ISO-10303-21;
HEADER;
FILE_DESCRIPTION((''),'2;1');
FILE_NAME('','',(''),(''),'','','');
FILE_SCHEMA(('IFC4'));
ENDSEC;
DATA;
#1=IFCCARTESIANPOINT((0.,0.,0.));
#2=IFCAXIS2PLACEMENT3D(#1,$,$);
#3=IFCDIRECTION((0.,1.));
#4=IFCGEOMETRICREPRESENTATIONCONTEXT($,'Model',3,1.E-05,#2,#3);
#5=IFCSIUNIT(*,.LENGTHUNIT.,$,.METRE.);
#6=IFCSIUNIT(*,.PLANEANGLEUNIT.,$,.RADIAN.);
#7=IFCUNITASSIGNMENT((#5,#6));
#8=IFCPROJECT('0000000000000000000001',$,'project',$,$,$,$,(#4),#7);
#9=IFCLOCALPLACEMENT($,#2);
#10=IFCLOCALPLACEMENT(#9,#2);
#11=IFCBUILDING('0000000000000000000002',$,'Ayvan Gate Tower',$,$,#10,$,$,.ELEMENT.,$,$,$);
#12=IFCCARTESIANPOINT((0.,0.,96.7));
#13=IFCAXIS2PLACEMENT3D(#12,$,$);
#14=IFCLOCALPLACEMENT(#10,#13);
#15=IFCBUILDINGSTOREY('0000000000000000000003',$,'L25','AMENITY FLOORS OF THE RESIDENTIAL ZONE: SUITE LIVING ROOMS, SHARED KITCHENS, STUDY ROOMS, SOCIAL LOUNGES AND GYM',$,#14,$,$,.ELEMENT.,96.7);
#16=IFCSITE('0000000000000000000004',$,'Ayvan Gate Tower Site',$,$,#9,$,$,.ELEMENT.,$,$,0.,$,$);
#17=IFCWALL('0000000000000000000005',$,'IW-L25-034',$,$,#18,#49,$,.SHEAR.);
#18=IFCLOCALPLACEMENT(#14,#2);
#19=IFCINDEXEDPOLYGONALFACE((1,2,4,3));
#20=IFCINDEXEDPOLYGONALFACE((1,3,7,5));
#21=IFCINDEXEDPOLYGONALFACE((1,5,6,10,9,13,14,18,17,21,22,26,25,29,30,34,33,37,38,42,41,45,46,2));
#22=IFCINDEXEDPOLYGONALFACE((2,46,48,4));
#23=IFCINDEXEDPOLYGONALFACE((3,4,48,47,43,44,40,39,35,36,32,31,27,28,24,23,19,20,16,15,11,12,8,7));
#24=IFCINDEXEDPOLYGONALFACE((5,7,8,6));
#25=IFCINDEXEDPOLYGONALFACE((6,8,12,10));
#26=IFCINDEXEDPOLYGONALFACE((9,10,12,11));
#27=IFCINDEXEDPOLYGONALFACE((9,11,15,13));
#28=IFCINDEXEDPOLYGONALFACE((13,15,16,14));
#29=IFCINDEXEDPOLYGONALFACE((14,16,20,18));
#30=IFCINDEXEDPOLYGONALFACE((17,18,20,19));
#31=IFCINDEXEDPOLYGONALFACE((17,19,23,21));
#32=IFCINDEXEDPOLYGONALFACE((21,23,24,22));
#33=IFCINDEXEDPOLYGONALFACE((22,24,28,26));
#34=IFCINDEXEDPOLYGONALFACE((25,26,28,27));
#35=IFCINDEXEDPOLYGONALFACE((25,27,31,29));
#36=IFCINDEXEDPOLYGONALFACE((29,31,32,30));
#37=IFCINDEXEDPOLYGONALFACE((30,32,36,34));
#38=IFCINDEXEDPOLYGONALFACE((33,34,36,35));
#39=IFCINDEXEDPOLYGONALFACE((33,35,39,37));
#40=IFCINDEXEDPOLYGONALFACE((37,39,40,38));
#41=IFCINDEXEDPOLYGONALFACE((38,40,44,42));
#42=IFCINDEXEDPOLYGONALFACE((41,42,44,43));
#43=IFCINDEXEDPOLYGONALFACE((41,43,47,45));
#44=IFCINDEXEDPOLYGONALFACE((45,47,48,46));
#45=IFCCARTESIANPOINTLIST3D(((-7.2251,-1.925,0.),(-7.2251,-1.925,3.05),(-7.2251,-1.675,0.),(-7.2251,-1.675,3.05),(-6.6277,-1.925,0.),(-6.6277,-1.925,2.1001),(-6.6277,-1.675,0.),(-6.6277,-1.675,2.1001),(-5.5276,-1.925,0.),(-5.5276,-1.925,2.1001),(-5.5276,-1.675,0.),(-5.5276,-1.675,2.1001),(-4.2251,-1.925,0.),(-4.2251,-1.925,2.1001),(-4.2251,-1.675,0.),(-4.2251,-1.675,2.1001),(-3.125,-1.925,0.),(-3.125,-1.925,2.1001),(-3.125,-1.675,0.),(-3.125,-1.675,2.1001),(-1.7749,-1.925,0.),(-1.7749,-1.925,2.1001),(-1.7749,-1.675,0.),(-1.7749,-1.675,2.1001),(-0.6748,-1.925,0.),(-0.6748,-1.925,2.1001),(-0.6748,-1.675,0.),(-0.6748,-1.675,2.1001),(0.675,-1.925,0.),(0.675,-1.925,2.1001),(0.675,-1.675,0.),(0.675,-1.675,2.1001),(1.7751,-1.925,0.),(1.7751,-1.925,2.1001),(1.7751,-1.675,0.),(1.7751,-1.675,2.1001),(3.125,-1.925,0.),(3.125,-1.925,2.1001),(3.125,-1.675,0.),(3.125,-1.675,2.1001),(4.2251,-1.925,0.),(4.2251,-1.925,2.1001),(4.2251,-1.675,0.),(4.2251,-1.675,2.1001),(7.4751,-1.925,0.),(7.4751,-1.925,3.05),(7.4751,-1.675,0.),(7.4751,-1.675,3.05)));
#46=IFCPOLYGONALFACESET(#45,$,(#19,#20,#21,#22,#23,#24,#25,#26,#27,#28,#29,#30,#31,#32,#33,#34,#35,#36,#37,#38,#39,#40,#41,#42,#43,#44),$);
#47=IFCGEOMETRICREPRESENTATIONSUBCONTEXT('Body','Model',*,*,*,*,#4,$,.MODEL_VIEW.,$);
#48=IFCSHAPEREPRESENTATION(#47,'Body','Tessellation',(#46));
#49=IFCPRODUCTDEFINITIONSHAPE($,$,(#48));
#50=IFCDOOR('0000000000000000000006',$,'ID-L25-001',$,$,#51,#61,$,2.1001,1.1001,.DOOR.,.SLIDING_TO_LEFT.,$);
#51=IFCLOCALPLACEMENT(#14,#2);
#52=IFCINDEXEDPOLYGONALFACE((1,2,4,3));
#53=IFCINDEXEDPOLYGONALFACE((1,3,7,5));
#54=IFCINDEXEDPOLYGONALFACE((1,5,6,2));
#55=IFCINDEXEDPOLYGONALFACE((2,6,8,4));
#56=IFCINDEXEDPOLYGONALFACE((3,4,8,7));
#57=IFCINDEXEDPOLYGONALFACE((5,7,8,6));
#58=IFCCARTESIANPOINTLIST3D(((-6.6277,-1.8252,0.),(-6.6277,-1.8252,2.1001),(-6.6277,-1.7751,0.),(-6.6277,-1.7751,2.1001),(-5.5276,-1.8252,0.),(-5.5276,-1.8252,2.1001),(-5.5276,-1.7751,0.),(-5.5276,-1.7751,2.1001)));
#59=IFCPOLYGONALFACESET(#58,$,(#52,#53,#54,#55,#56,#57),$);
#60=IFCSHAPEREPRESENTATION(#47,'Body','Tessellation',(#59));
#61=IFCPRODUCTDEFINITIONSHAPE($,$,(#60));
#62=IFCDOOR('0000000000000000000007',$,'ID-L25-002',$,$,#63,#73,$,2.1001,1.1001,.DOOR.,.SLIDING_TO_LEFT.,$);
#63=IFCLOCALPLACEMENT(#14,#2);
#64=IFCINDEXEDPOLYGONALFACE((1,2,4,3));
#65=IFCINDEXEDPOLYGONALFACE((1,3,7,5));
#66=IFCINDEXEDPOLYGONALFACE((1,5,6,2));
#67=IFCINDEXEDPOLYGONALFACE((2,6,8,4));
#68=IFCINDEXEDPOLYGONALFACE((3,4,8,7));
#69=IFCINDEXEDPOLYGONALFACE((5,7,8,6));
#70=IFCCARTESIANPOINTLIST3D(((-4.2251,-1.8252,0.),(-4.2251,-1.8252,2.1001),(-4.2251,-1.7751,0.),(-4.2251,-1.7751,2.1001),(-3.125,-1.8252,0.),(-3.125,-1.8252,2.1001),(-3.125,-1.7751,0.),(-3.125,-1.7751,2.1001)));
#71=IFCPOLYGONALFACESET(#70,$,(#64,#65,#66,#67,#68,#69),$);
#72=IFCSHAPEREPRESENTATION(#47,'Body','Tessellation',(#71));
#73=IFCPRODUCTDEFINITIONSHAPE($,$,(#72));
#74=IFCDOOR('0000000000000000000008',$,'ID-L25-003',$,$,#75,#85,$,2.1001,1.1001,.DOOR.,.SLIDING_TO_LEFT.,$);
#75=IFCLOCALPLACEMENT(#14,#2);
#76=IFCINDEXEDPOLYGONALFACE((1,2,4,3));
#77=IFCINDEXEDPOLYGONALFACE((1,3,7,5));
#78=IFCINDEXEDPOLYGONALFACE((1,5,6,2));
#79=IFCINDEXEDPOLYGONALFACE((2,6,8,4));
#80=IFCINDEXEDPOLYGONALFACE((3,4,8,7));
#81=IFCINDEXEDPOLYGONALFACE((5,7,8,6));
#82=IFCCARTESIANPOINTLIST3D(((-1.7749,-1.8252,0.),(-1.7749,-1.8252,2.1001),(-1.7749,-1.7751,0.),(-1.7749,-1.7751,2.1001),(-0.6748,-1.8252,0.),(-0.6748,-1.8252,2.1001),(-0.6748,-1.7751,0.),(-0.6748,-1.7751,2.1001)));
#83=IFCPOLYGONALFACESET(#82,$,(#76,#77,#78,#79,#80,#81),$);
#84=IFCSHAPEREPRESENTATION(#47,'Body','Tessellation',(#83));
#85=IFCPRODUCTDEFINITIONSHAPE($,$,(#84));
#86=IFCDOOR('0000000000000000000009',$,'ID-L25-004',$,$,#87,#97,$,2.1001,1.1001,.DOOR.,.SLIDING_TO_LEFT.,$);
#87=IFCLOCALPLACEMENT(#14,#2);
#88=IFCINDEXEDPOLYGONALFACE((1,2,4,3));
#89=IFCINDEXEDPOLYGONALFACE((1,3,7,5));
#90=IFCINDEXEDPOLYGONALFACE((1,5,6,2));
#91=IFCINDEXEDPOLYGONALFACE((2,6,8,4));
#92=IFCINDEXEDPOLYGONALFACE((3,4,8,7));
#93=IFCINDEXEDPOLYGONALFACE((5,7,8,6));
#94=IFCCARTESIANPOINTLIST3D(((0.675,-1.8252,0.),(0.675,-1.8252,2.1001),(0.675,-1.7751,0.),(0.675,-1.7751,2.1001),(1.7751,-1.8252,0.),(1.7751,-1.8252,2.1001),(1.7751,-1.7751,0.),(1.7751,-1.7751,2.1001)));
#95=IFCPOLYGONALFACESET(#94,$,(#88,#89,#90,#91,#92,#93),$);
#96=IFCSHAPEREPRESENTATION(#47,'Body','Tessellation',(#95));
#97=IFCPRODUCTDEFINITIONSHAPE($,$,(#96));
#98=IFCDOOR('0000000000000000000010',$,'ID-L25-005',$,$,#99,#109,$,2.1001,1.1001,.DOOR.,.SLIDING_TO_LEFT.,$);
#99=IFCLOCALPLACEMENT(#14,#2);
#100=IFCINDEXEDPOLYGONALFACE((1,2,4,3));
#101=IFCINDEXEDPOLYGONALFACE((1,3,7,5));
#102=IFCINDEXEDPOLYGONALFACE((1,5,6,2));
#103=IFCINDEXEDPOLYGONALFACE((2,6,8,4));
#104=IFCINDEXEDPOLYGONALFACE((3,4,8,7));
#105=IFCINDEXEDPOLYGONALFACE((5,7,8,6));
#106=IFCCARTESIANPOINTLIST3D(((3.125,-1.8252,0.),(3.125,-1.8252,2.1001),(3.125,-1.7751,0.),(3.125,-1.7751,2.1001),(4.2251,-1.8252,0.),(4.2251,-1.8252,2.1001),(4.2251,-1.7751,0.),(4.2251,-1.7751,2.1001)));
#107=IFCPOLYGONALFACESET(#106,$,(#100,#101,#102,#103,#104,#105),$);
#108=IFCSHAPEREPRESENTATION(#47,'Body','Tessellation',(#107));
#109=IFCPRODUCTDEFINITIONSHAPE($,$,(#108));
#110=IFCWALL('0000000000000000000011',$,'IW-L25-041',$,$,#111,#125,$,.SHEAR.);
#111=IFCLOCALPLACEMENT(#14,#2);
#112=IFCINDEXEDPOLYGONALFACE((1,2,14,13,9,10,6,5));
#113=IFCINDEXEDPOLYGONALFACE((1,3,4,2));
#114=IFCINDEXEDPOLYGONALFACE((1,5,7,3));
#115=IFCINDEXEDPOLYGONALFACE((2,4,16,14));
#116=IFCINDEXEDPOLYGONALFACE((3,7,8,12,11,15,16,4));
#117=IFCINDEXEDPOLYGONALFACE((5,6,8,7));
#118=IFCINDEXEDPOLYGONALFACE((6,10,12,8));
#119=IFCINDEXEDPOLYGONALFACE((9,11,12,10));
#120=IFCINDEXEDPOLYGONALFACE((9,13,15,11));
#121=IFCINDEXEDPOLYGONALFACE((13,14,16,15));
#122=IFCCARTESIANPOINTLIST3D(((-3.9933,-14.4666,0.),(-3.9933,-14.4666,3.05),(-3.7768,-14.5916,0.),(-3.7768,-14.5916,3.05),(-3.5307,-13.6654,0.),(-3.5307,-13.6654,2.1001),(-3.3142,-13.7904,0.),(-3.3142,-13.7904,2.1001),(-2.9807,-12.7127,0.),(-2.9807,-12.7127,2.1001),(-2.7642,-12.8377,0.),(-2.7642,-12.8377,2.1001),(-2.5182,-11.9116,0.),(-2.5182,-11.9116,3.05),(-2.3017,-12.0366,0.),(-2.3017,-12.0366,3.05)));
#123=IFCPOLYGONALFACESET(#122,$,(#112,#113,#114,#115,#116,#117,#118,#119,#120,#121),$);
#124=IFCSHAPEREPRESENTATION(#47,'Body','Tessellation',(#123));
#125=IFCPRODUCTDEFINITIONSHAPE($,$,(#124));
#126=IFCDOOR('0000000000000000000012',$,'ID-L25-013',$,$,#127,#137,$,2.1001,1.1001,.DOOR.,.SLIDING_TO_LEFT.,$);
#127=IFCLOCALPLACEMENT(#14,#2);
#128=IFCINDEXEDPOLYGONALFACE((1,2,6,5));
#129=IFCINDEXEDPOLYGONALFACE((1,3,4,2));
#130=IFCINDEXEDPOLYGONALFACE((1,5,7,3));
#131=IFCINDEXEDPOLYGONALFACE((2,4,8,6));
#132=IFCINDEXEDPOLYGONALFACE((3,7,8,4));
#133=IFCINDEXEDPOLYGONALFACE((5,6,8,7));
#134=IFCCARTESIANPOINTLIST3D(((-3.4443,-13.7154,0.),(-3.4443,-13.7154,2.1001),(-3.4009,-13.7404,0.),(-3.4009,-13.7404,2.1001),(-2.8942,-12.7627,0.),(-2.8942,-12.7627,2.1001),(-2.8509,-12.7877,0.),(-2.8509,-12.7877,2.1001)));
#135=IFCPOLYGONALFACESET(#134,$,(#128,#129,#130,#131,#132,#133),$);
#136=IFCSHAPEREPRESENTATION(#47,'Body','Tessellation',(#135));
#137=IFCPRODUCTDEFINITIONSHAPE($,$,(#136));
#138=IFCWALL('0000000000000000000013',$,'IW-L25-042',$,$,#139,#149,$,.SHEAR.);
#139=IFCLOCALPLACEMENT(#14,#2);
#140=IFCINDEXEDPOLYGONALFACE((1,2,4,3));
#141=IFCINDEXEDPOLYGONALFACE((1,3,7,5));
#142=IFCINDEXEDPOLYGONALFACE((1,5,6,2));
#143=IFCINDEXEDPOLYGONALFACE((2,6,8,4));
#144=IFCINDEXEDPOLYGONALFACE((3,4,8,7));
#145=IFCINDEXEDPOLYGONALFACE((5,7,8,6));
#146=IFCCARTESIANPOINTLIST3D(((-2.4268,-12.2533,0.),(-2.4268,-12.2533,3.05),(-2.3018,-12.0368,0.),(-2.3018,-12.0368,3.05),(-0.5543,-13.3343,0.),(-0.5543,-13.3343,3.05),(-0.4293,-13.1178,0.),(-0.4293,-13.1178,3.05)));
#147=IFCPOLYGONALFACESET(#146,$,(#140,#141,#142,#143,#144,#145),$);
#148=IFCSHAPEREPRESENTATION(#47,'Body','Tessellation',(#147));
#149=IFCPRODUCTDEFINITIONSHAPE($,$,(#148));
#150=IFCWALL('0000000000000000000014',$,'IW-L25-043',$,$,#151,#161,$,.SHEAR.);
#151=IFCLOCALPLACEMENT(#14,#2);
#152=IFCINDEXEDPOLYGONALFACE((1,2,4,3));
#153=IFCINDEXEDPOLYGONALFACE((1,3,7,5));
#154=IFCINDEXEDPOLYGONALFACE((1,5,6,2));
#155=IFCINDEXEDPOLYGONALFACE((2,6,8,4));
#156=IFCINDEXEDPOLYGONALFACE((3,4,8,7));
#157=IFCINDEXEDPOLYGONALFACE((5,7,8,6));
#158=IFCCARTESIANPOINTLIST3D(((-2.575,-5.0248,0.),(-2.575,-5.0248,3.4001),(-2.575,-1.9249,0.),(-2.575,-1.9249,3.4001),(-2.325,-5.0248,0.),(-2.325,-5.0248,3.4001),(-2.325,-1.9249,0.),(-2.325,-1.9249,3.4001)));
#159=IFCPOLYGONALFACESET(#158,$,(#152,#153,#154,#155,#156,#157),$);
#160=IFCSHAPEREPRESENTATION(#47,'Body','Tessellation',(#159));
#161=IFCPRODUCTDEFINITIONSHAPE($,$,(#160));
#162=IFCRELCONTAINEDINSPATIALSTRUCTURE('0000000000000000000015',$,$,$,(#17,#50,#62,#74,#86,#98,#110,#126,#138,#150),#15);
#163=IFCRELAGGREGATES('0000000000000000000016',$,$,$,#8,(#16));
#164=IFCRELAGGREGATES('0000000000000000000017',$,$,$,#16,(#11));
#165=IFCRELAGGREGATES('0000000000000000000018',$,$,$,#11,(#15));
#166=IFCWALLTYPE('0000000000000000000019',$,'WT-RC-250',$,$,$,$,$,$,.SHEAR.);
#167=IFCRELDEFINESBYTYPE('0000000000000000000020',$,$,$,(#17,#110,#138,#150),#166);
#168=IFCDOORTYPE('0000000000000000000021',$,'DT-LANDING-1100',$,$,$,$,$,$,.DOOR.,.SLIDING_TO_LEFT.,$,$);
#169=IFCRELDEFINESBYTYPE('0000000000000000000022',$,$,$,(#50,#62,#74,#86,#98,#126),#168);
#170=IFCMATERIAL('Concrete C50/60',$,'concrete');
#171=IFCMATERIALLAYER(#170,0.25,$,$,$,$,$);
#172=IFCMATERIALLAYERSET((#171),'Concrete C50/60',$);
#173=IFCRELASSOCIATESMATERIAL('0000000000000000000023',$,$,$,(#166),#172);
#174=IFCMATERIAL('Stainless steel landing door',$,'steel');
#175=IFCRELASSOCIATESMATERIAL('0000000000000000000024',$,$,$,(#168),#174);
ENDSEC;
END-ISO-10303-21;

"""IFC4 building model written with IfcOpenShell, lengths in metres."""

from ifc_helpers import new_model, si_unit, direction, frame, frame_2d, origin, place, context, subcontext, project, spatial, rectangle, extrude, material, layer, layer_set, type_object, element, fill, save


model = new_model("IFC4")

# Units and contexts
model_context = context("Model", 3, precision=1e-05, world=origin(), true_north=direction((0.0, 1.0)))
body_context = subcontext(model_context, "Body", "Model", "MODEL_VIEW")
ifc_project = project(units=[si_unit("LENGTHUNIT", "METRE"), si_unit("PLANEANGLEUNIT", "RADIAN")], contexts=[model_context])

# Site, building, storey
site_placement = place(None, origin())
site = spatial("IfcSite", under=ifc_project, at=site_placement, Name="Ayvan Gate Tower Site", CompositionType="ELEMENT", RefElevation=0.0)
building_placement = place(site_placement, origin())
building = spatial("IfcBuilding", under=site, at=building_placement, Name="Ayvan Gate Tower", CompositionType="ELEMENT")
storey_placement = place(building_placement, frame((0.0, 0.0, 96.7)))
storey = spatial("IfcBuildingStorey", under=building, at=storey_placement, Name="L25", Description="AMENITY FLOORS OF THE RESIDENTIAL ZONE: SUITE LIVING ROOMS, SHARED KITCHENS, STUDY ROOMS, SOCIAL LOUNGES AND GYM", CompositionType="ELEMENT", Elevation=96.7)

# Shared definitions
ifc_material_1 = material(Name="Concrete C50/60", Category="concrete")
ifc_layer_1 = layer(ifc_material_1, 0.25)
ifc_layer_set_1 = layer_set([ifc_layer_1], Name="Concrete C50/60")
wall_type_1 = type_object("IfcWallType", Name="WT-RC-250", PredefinedType="SHEAR", material=ifc_layer_set_1)

# Wall, openings, doors
wall_1_placement = place(storey_placement, frame((-7.2251, -1.8, 0.0), z_axis=(0.0, 0.0, 1.0), x_axis=(1.0, 0.0, 0.0)))
wall_1 = element("IfcWall", 1, at=wall_1_placement, inside=storey, type_object=wall_type_1, Name="IW-L25-034", PredefinedType="SHEAR", context=body_context, shape_type="SweptSolid", body=[
    extrude(rectangle(XDim=14.7002, YDim=0.25, at=frame_2d((7.3501, 0.0))), origin(), (0.0, 0.0, 1.0), 3.05),
])
opening_1_placement = place(wall_1_placement, frame((0.5974, 0.0, 0.0)))
opening_1 = element("IfcOpeningElement", 2, at=opening_1_placement, cuts=wall_1, PredefinedType="OPENING", context=body_context, shape_type="SweptSolid", body=[
    extrude(rectangle(XDim=1.1001, YDim=2.1001, at=frame_2d((0.55, 1.05))), frame((0.0, 0.135, 0.0), z_axis=(0.0, -1.0, 0.0), x_axis=(1.0, 0.0, 0.0)), (0.0, 0.0, 1.0), 0.27),
])
opening_2_placement = place(wall_1_placement, frame((3.0, 0.0, 0.0)))
opening_2 = element("IfcOpeningElement", 3, at=opening_2_placement, cuts=wall_1, PredefinedType="OPENING", context=body_context, shape_type="SweptSolid", body=[
    extrude(rectangle(XDim=1.1001, YDim=2.1001, at=frame_2d((0.55, 1.05))), frame((0.0, 0.135, 0.0), z_axis=(0.0, -1.0, 0.0), x_axis=(1.0, 0.0, 0.0)), (0.0, 0.0, 1.0), 0.27),
])
opening_3_placement = place(wall_1_placement, frame((5.4502, 0.0, 0.0)))
opening_3 = element("IfcOpeningElement", 4, at=opening_3_placement, cuts=wall_1, PredefinedType="OPENING", context=body_context, shape_type="SweptSolid", body=[
    extrude(rectangle(XDim=1.1001, YDim=2.1001, at=frame_2d((0.55, 1.05))), frame((0.0, 0.135, 0.0), z_axis=(0.0, -1.0, 0.0), x_axis=(1.0, 0.0, 0.0)), (0.0, 0.0, 1.0), 0.27),
])
opening_4_placement = place(wall_1_placement, frame((7.9001, 0.0, 0.0)))
opening_4 = element("IfcOpeningElement", 5, at=opening_4_placement, cuts=wall_1, PredefinedType="OPENING", context=body_context, shape_type="SweptSolid", body=[
    extrude(rectangle(XDim=1.1001, YDim=2.1001, at=frame_2d((0.55, 1.05))), frame((0.0, 0.135, 0.0), z_axis=(0.0, -1.0, 0.0), x_axis=(1.0, 0.0, 0.0)), (0.0, 0.0, 1.0), 0.27),
])
opening_5_placement = place(wall_1_placement, frame((10.3501, 0.0, 0.0)))
opening_5 = element("IfcOpeningElement", 6, at=opening_5_placement, cuts=wall_1, PredefinedType="OPENING", context=body_context, shape_type="SweptSolid", body=[
    extrude(rectangle(XDim=1.1001, YDim=2.1001, at=frame_2d((0.55, 1.05))), frame((0.0, 0.135, 0.0), z_axis=(0.0, -1.0, 0.0), x_axis=(1.0, 0.0, 0.0)), (0.0, 0.0, 1.0), 0.27),
])
ifc_material_2 = material(Name="Stainless steel landing door", Category="steel")
door_type_1 = type_object("IfcDoorType", Name="DT-LANDING-1100", OperationType="SLIDING_TO_LEFT", PredefinedType="DOOR", material=ifc_material_2)
door_1_placement = place(opening_1_placement, origin())
door_1 = element("IfcDoor", 7, at=door_1_placement, inside=storey, type_object=door_type_1, Name="ID-L25-001", OperationType="SLIDING_TO_LEFT", OverallHeight=2.1001, OverallWidth=1.1001, PredefinedType="DOOR", context=body_context, shape_type="SweptSolid", body=[
    extrude(rectangle(XDim=1.1001, YDim=2.1001, at=frame_2d((0.55, 1.05))), frame((0.0, 0.0249, 0.0), z_axis=(0.0, -1.0, 0.0), x_axis=(1.0, 0.0, 0.0)), (0.0, 0.0, 1.0), 0.05),
])
fill(opening_1, door_1)
door_2_placement = place(opening_2_placement, origin())
door_2 = element("IfcDoor", 8, at=door_2_placement, inside=storey, type_object=door_type_1, Name="ID-L25-002", OperationType="SLIDING_TO_LEFT", OverallHeight=2.1001, OverallWidth=1.1001, PredefinedType="DOOR", context=body_context, shape_type="SweptSolid", body=[
    extrude(rectangle(XDim=1.1001, YDim=2.1001, at=frame_2d((0.55, 1.05))), frame((0.0, 0.0249, 0.0), z_axis=(0.0, -1.0, 0.0), x_axis=(1.0, 0.0, 0.0)), (0.0, 0.0, 1.0), 0.05),
])
fill(opening_2, door_2)
door_3_placement = place(opening_3_placement, origin())
door_3 = element("IfcDoor", 9, at=door_3_placement, inside=storey, type_object=door_type_1, Name="ID-L25-003", OperationType="SLIDING_TO_LEFT", OverallHeight=2.1001, OverallWidth=1.1001, PredefinedType="DOOR", context=body_context, shape_type="SweptSolid", body=[
    extrude(rectangle(XDim=1.1001, YDim=2.1001, at=frame_2d((0.55, 1.05))), frame((0.0, 0.0249, 0.0), z_axis=(0.0, -1.0, 0.0), x_axis=(1.0, 0.0, 0.0)), (0.0, 0.0, 1.0), 0.05),
])
fill(opening_3, door_3)
door_4_placement = place(opening_4_placement, origin())
door_4 = element("IfcDoor", 10, at=door_4_placement, inside=storey, type_object=door_type_1, Name="ID-L25-004", OperationType="SLIDING_TO_LEFT", OverallHeight=2.1001, OverallWidth=1.1001, PredefinedType="DOOR", context=body_context, shape_type="SweptSolid", body=[
    extrude(rectangle(XDim=1.1001, YDim=2.1001, at=frame_2d((0.55, 1.05))), frame((0.0, 0.0249, 0.0), z_axis=(0.0, -1.0, 0.0), x_axis=(1.0, 0.0, 0.0)), (0.0, 0.0, 1.0), 0.05),
])
fill(opening_4, door_4)
door_5_placement = place(opening_5_placement, origin())
door_5 = element("IfcDoor", 11, at=door_5_placement, inside=storey, type_object=door_type_1, Name="ID-L25-005", OperationType="SLIDING_TO_LEFT", OverallHeight=2.1001, OverallWidth=1.1001, PredefinedType="DOOR", context=body_context, shape_type="SweptSolid", body=[
    extrude(rectangle(XDim=1.1001, YDim=2.1001, at=frame_2d((0.55, 1.05))), frame((0.0, 0.0249, 0.0), z_axis=(0.0, -1.0, 0.0), x_axis=(1.0, 0.0, 0.0)), (0.0, 0.0, 1.0), 0.05),
])
fill(opening_5, door_5)

# Wall, opening, door
wall_2_placement = place(storey_placement, frame((-2.4099, -11.9741, 0.0), z_axis=(0.0, 0.0, 1.0), x_axis=(-0.500002, -0.866024, 0.0)))
wall_2 = element("IfcWall", 12, at=wall_2_placement, inside=storey, type_object=wall_type_1, Name="IW-L25-041", PredefinedType="SHEAR", context=body_context, shape_type="SweptSolid", body=[
    extrude(rectangle(XDim=2.9502, YDim=0.25, at=frame_2d((1.4751, 0.0))), origin(), (0.0, 0.0, 1.0), 3.05),
])
opening_6_placement = place(wall_2_placement, frame((0.925, 0.0, 0.0)))
opening_6 = element("IfcOpeningElement", 13, at=opening_6_placement, cuts=wall_2, PredefinedType="OPENING", context=body_context, shape_type="SweptSolid", body=[
    extrude(rectangle(XDim=1.1001, YDim=2.1001, at=frame_2d((0.55, 1.05))), frame((0.0, 0.135, 0.0), z_axis=(0.0, -1.0, 0.0), x_axis=(1.0, 0.0, 0.0)), (0.0, 0.0, 1.0), 0.27),
])
door_6_placement = place(opening_6_placement, origin())
door_6 = element("IfcDoor", 14, at=door_6_placement, inside=storey, type_object=door_type_1, Name="ID-L25-013", OperationType="SLIDING_TO_LEFT", OverallHeight=2.1001, OverallWidth=1.1001, PredefinedType="DOOR", context=body_context, shape_type="SweptSolid", body=[
    extrude(rectangle(XDim=1.1001, YDim=2.1001, at=frame_2d((0.55, 1.05))), frame((0.0, 0.0249, 0.0), z_axis=(0.0, -1.0, 0.0), x_axis=(1.0, 0.0, 0.0)), (0.0, 0.0, 1.0), 0.05),
])
fill(opening_6, door_6)

# Walls
wall_3_placement = place(storey_placement, frame((-2.3643, -12.145, 0.0), z_axis=(0.0, 0.0, 1.0), x_axis=(0.866039, -0.499977, 0.0)))
element("IfcWall", 15, at=wall_3_placement, inside=storey, type_object=wall_type_1, Name="IW-L25-042", PredefinedType="SHEAR", context=body_context, shape_type="SweptSolid", body=[
    extrude(rectangle(XDim=2.1621, YDim=0.25, at=frame_2d((1.0811, 0.0))), origin(), (0.0, 0.0, 1.0), 3.05),
])
wall_4_placement = place(storey_placement, frame((-2.45, -1.925, 0.0), z_axis=(0.0, 0.0, 1.0), x_axis=(0.0, -1.0, 0.0)))
element("IfcWall", 16, at=wall_4_placement, inside=storey, type_object=wall_type_1, Name="IW-L25-043", PredefinedType="SHEAR", context=body_context, shape_type="SweptSolid", body=[
    extrude(rectangle(XDim=3.0999, YDim=0.25, at=frame_2d((1.5498, 0.0))), origin(), (0.0, 0.0, 1.0), 3.4001),
])

save(model, "model.ifc")
